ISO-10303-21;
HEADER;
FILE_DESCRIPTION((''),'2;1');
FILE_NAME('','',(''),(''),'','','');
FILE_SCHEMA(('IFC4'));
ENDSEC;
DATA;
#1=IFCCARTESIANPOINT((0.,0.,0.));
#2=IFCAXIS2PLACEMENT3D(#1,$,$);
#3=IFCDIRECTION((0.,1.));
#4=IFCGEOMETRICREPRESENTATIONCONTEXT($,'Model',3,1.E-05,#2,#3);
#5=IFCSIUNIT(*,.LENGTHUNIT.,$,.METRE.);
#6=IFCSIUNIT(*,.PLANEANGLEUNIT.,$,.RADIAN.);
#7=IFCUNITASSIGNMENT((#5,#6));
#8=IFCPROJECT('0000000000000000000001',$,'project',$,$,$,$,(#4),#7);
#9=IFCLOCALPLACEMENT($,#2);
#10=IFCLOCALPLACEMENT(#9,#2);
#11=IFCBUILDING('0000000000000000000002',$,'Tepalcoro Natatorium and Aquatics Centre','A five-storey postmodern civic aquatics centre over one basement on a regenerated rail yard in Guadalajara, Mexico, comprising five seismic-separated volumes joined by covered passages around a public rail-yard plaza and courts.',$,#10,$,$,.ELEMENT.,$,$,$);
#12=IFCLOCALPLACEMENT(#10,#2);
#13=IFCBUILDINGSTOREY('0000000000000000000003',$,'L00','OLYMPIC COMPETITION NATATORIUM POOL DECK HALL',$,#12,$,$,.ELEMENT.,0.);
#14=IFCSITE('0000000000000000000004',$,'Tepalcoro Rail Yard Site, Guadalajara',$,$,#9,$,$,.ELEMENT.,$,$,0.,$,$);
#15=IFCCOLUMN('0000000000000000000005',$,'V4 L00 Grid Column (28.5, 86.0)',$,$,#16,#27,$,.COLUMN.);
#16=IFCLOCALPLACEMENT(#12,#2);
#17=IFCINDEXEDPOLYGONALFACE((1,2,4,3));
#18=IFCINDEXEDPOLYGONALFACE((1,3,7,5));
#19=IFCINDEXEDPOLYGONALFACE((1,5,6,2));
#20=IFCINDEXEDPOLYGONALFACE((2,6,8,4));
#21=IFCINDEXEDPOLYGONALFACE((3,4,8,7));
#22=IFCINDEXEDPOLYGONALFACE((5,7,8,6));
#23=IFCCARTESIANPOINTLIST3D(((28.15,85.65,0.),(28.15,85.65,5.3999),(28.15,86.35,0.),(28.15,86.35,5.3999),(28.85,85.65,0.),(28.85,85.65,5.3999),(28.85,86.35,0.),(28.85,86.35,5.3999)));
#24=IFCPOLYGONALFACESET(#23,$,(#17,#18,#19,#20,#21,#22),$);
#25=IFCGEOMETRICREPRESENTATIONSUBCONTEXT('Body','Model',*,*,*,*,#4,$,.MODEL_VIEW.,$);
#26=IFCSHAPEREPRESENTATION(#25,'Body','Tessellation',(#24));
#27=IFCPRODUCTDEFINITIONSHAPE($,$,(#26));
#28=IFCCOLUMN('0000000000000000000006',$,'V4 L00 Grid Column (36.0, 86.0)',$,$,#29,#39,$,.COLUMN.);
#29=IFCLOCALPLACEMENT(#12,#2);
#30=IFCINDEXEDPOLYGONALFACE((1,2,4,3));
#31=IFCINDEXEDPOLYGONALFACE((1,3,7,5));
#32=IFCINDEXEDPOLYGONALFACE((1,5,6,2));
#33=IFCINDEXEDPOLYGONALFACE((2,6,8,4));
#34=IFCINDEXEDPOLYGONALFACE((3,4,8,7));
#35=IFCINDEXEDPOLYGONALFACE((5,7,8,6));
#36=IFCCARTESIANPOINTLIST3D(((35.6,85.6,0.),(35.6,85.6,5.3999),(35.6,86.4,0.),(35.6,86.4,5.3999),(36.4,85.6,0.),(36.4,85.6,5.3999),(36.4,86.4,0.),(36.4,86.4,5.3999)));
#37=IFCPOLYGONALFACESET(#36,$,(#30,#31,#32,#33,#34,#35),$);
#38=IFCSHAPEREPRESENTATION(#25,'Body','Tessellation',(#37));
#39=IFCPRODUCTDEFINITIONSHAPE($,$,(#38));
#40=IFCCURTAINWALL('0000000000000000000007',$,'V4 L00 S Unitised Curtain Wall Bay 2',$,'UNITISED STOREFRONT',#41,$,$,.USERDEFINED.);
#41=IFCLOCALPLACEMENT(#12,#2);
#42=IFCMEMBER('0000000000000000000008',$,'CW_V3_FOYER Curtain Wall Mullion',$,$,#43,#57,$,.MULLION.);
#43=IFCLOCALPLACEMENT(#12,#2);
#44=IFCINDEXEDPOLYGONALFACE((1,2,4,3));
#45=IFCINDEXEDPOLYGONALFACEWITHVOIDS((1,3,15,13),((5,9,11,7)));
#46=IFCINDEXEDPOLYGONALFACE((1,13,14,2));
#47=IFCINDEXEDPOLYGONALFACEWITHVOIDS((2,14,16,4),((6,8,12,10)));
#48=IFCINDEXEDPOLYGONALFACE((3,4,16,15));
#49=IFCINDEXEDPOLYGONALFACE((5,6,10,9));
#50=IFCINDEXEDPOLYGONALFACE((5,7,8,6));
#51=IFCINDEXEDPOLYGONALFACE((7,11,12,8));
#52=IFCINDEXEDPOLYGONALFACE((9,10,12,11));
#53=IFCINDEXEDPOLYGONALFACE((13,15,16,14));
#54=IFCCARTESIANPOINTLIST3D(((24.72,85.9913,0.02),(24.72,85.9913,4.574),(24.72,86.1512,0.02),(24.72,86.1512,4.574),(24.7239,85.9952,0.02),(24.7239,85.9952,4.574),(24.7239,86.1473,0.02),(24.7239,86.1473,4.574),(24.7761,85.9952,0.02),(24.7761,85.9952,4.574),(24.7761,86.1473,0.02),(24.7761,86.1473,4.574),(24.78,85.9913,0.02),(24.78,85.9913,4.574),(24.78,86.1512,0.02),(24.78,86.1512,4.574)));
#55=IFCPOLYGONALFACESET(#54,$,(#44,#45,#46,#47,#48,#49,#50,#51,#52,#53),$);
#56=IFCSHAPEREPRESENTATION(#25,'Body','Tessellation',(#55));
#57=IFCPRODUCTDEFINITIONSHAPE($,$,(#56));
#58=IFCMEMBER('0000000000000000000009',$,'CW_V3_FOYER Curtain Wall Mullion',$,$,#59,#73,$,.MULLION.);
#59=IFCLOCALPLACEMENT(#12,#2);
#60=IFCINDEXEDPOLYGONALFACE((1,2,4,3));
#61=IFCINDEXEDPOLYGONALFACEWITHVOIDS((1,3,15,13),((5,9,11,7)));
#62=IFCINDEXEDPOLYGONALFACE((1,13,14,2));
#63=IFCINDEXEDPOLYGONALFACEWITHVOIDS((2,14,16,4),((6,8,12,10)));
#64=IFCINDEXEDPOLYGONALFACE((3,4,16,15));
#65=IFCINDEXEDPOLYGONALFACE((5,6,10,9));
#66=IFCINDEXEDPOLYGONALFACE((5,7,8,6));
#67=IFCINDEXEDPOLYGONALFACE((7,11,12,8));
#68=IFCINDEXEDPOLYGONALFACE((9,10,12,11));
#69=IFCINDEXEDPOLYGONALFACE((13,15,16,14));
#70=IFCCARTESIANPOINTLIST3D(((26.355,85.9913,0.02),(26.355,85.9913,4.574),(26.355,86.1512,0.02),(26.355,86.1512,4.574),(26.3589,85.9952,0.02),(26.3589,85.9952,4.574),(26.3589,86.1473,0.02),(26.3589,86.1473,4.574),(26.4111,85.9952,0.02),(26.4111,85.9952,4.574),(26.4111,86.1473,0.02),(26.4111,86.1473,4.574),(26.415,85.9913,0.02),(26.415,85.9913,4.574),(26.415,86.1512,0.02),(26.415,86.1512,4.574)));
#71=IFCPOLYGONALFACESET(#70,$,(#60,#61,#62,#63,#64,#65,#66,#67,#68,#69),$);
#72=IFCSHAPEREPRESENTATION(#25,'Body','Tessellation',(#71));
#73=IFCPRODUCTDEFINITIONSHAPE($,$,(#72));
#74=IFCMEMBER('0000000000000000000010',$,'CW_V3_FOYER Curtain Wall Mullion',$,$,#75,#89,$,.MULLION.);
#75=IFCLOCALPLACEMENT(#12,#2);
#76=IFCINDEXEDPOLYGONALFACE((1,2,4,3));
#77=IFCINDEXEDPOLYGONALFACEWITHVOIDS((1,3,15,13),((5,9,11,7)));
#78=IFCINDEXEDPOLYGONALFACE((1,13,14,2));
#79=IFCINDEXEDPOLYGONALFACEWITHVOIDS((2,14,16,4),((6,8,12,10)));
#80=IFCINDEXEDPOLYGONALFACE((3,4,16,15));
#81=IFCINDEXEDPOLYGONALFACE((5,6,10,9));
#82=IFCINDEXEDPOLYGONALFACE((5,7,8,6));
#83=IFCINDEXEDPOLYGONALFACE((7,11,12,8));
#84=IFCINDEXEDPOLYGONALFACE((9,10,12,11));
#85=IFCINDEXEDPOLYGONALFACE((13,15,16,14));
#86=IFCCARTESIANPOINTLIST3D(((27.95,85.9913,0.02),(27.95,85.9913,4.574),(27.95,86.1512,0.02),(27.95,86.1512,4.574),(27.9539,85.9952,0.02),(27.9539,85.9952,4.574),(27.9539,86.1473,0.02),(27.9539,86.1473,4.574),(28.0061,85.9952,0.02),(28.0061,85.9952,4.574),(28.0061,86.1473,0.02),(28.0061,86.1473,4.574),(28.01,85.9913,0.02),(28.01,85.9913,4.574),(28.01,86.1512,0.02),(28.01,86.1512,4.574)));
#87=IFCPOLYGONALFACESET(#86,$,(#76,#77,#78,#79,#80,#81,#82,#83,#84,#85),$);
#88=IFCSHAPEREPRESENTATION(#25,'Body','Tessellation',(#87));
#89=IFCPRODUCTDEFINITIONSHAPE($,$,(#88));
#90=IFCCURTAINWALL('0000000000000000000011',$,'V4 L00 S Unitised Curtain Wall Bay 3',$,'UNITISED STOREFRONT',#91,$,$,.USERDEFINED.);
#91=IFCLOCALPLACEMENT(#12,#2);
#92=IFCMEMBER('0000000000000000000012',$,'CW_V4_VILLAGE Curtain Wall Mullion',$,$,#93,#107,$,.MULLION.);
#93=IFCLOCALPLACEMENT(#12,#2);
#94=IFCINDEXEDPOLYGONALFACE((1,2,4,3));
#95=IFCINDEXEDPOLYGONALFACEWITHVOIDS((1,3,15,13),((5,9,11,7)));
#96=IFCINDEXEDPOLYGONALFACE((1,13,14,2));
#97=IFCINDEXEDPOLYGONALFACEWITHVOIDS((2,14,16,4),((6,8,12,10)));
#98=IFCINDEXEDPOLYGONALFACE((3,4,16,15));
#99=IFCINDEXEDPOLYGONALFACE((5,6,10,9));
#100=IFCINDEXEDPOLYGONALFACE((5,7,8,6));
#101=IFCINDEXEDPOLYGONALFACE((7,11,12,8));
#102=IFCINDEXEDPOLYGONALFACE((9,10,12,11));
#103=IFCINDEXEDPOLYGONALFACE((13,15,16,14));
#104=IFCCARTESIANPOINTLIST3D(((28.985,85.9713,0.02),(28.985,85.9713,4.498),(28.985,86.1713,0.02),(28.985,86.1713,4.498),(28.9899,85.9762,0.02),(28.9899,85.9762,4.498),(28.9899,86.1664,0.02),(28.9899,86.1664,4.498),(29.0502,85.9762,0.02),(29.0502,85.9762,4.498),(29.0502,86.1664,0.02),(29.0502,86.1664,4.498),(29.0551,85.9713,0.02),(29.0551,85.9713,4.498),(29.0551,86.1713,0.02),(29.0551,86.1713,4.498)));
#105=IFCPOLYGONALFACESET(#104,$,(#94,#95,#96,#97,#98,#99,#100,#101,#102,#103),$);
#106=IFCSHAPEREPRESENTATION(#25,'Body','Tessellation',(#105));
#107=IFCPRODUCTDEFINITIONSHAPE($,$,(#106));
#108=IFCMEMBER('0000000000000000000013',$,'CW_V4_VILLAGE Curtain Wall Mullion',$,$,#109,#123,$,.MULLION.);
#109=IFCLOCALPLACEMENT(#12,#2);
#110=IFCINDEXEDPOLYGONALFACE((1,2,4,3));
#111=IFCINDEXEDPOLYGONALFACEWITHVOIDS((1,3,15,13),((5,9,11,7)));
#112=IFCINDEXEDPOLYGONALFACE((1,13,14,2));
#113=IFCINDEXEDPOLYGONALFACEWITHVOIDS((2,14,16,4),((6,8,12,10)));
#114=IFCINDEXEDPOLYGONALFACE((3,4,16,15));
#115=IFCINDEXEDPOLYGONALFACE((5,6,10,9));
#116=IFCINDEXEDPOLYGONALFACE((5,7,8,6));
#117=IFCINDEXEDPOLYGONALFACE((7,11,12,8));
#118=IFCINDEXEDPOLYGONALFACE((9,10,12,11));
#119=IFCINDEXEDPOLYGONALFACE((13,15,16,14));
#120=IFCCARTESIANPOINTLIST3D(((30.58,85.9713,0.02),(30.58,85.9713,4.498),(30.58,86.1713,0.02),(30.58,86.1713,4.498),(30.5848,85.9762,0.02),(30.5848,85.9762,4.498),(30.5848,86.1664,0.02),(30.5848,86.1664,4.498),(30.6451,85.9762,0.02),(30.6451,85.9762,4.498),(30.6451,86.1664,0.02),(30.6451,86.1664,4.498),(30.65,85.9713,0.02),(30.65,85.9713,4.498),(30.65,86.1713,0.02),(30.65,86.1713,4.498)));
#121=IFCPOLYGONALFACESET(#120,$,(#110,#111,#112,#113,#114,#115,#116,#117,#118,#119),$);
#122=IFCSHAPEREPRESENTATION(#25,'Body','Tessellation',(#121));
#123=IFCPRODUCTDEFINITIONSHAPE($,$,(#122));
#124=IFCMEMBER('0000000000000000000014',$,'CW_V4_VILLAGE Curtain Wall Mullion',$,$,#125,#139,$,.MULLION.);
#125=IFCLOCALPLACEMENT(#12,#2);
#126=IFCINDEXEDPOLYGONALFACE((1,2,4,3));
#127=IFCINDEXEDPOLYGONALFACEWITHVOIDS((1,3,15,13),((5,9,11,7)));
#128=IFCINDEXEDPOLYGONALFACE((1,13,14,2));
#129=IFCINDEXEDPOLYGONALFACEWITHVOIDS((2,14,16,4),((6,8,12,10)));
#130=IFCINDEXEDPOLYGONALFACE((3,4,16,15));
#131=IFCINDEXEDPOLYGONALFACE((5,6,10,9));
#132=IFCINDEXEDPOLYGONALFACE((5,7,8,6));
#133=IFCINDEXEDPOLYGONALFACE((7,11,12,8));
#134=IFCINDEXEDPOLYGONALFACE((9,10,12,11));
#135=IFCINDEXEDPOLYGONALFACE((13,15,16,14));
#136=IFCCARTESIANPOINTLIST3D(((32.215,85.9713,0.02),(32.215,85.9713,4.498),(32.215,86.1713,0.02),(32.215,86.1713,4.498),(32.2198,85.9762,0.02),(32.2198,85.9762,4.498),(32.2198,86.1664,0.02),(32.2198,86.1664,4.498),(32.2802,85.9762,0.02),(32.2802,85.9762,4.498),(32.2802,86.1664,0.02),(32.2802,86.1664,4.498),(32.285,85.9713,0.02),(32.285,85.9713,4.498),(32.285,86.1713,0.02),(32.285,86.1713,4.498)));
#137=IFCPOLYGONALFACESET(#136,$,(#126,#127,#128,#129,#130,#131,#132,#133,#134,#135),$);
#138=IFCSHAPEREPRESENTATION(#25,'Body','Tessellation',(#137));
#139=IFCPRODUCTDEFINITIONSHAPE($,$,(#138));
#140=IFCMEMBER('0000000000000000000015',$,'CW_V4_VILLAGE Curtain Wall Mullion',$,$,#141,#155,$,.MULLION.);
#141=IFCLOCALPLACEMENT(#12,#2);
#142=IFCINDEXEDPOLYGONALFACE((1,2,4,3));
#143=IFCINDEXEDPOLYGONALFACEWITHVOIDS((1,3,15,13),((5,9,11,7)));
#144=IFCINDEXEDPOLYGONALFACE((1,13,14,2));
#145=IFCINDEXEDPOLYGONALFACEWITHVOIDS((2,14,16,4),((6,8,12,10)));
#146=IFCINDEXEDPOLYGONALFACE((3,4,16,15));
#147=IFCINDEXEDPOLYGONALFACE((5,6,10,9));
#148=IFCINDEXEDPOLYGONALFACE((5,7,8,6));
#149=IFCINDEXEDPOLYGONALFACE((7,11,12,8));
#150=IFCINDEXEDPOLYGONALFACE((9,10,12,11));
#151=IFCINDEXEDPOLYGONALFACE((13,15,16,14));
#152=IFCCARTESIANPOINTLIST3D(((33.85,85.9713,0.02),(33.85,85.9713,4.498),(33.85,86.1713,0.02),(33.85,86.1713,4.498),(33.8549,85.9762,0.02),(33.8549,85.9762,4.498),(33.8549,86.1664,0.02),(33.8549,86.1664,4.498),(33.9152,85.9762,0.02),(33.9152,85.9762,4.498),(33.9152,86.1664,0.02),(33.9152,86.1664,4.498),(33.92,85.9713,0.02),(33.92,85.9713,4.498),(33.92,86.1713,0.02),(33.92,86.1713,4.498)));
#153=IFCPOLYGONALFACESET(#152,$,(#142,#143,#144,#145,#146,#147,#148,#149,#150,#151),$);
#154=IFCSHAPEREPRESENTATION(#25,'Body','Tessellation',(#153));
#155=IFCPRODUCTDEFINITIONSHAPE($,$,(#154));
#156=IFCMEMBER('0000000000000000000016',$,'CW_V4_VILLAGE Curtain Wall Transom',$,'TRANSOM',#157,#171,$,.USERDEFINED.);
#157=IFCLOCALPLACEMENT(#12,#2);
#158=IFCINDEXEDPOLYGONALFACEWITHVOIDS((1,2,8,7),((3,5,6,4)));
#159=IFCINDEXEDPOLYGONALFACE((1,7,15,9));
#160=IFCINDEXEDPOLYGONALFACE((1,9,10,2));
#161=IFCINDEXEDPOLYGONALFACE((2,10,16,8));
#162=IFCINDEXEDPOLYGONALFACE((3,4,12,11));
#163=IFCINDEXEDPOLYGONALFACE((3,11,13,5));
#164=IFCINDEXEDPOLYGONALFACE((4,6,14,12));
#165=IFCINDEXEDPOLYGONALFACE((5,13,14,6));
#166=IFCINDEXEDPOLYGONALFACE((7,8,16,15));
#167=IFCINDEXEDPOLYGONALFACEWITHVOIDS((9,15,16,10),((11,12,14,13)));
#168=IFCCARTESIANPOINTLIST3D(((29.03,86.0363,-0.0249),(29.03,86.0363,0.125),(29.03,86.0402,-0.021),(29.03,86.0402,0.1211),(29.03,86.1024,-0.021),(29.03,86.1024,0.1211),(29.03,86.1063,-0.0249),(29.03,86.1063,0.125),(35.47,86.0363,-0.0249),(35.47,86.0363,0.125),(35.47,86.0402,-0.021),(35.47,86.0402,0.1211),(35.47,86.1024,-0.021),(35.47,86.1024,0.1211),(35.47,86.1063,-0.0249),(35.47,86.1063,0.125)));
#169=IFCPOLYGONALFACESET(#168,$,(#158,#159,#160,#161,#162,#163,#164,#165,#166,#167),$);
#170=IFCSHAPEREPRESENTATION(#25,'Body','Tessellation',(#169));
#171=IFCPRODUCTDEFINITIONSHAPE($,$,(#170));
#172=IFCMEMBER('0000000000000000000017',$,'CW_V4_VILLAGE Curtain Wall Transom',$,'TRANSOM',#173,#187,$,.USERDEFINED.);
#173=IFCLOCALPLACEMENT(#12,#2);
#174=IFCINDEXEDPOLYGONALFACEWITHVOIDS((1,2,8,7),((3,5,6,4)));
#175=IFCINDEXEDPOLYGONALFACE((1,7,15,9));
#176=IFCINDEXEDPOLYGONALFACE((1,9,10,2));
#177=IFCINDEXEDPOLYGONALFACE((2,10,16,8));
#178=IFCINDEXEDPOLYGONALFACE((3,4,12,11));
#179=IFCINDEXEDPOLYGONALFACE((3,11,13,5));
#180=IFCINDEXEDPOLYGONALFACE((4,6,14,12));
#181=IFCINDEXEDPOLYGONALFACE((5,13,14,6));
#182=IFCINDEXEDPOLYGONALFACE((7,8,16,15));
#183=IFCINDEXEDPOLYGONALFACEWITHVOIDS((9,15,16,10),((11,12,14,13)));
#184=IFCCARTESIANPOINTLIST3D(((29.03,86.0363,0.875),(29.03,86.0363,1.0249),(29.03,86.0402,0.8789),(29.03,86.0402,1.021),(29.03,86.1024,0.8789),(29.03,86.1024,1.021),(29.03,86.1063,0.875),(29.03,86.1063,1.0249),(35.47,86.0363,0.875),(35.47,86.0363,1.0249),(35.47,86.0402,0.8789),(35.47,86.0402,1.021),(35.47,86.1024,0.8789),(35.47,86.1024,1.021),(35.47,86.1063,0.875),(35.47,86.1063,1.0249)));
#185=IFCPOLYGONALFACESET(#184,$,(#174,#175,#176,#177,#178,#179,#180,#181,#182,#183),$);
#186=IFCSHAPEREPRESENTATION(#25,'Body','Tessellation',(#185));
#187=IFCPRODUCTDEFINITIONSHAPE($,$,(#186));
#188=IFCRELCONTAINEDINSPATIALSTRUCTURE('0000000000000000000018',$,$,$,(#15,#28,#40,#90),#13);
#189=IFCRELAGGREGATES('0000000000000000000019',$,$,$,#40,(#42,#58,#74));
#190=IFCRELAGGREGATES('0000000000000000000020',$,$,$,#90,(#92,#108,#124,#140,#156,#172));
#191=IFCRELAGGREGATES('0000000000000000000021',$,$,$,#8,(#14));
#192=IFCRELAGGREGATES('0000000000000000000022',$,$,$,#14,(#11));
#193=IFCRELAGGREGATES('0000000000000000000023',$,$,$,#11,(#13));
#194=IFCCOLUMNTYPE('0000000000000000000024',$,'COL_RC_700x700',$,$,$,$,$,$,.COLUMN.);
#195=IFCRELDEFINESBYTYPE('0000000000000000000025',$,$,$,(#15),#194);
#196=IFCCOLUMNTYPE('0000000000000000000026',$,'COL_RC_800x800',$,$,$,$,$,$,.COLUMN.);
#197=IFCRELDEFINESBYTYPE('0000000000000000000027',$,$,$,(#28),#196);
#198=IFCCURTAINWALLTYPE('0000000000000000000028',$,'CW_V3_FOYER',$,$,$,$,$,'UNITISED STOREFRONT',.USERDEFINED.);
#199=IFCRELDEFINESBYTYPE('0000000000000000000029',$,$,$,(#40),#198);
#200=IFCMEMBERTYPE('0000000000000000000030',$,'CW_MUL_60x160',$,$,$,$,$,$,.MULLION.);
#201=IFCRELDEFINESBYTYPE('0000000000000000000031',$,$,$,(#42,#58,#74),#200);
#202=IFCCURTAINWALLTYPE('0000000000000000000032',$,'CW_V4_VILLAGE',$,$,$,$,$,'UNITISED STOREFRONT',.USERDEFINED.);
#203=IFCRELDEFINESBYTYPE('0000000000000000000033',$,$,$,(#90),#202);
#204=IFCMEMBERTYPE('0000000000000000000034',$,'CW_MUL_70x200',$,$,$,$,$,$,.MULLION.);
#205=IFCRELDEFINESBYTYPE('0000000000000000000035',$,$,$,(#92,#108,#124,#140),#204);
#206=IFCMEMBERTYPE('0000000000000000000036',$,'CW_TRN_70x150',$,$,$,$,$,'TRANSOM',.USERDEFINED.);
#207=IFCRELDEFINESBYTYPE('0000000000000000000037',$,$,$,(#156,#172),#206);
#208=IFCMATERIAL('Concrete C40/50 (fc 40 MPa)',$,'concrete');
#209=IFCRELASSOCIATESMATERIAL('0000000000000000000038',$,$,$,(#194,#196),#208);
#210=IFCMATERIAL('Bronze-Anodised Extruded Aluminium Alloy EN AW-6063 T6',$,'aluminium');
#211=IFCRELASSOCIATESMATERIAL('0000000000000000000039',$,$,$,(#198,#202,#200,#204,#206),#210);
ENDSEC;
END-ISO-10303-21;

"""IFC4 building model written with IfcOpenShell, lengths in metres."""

from ifc_helpers import new_model, si_unit, direction, frame, origin, origin_2d, place, context, subcontext, project, spatial, rectangle, hollow_rectangle, extrude, material, material_profile, profile_set, type_object, element, aggregate, save


model = new_model("IFC4")

# Units and contexts
model_context = context("Model", 3, precision=1e-05, world=origin(), true_north=direction((0.0, 1.0)))
body_context = subcontext(model_context, "Body", "Model", "MODEL_VIEW")
ifc_project = project(units=[si_unit("LENGTHUNIT", "METRE"), si_unit("PLANEANGLEUNIT", "RADIAN")], contexts=[model_context])

# Site, building, storey
site_placement = place(None, origin())
site = spatial("IfcSite", under=ifc_project, at=site_placement, Name="Tepalcoro Rail Yard Site, Guadalajara", CompositionType="ELEMENT", RefElevation=0.0)
building_placement = place(site_placement, origin())
building = spatial("IfcBuilding", under=site, at=building_placement, Name="Tepalcoro Natatorium and Aquatics Centre", Description="A five-storey postmodern civic aquatics centre over one basement on a regenerated rail yard in Guadalajara, Mexico, comprising five seismic-separated volumes joined by covered passages around a public rail-yard plaza and courts.", CompositionType="ELEMENT")
storey_placement = place(building_placement, origin())
storey = spatial("IfcBuildingStorey", under=building, at=storey_placement, Name="L00", Description="OLYMPIC COMPETITION NATATORIUM POOL DECK HALL", CompositionType="ELEMENT", Elevation=0.0)

# Columns
ifc_material_1 = material(Name="Concrete C40/50 (fc 40 MPa)", Category="concrete")
ifc_material_profile_1 = material_profile(ifc_material_1, rectangle(XDim=0.7, YDim=0.7, at=origin_2d()), Name="RC700x700")
ifc_profile_set_1 = profile_set([ifc_material_profile_1], Name="Concrete C40/50 (fc 40 MPa)")
column_type_1 = type_object("IfcColumnType", Name="COL_RC_700x700", PredefinedType="COLUMN", material=ifc_profile_set_1)
column_1_placement = place(storey_placement, frame((28.5, 86.0, 0.0), z_axis=(0.0, 0.0, 1.0), x_axis=(1.0, 0.0, 0.0)))
element("IfcColumn", 1, at=column_1_placement, inside=storey, type_object=column_type_1, Name="V4 L00 Grid Column (28.5, 86.0)", PredefinedType="COLUMN", context=body_context, shape_type="SweptSolid", body=[
    extrude(rectangle(XDim=0.7, YDim=0.7, at=origin_2d()), origin(), (0.0, 0.0, 1.0), 5.3999),
])
ifc_material_profile_2 = material_profile(ifc_material_1, rectangle(XDim=0.8, YDim=0.8, at=origin_2d()), Name="RC800x800")
ifc_profile_set_2 = profile_set([ifc_material_profile_2], Name="Concrete C40/50 (fc 40 MPa)")
column_type_2 = type_object("IfcColumnType", Name="COL_RC_800x800", PredefinedType="COLUMN", material=ifc_profile_set_2)
column_2_placement = place(storey_placement, frame((36.0, 86.0, 0.0), z_axis=(0.0, 0.0, 1.0), x_axis=(1.0, 0.0, 0.0)))
element("IfcColumn", 2, at=column_2_placement, inside=storey, type_object=column_type_2, Name="V4 L00 Grid Column (36.0, 86.0)", PredefinedType="COLUMN", context=body_context, shape_type="SweptSolid", body=[
    extrude(rectangle(XDim=0.8, YDim=0.8, at=origin_2d()), origin(), (0.0, 0.0, 1.0), 5.3999),
])

# Curtain walls, members
ifc_material_2 = material(Name="Bronze-Anodised Extruded Aluminium Alloy EN AW-6063 T6", Category="aluminium")
curtain_wall_type_1 = type_object("IfcCurtainWallType", Name="CW_V3_FOYER", ElementType="UNITISED STOREFRONT", PredefinedType="USERDEFINED", material=ifc_material_2)
curtain_wall_1_placement = place(storey_placement, origin())
curtain_wall_1 = element("IfcCurtainWall", 3, at=curtain_wall_1_placement, inside=storey, type_object=curtain_wall_type_1, Name="V4 L00 S Unitised Curtain Wall Bay 2", ObjectType="UNITISED STOREFRONT", PredefinedType="USERDEFINED")
ifc_material_profile_3 = material_profile(ifc_material_2, hollow_rectangle(XDim=0.0601, YDim=0.1599, WallThickness=0.0039, at=origin_2d()), Name="AL60X160X4")
ifc_profile_set_3 = profile_set([ifc_material_profile_3], Name="Bronze-Anodised Extruded Aluminium Alloy EN AW-6063 T6")
member_type_1 = type_object("IfcMemberType", Name="CW_MUL_60x160", PredefinedType="MULLION", material=ifc_profile_set_3)
member_1_placement = place(storey_placement, frame((24.75, 86.0713, 0.02), z_axis=(0.0, 0.0, 1.0), x_axis=(1.0, 0.0, 0.0)))
member_1 = element("IfcMember", 4, at=member_1_placement, type_object=member_type_1, Name="CW_V3_FOYER Curtain Wall Mullion", PredefinedType="MULLION", context=body_context, shape_type="SweptSolid", body=[
    extrude(hollow_rectangle(XDim=0.0601, YDim=0.1599, WallThickness=0.0039, at=origin_2d()), origin(), (0.0, 0.0, 1.0), 4.554),
])
member_2_placement = place(storey_placement, frame((26.385, 86.0713, 0.02), z_axis=(0.0, 0.0, 1.0), x_axis=(1.0, 0.0, 0.0)))
member_2 = element("IfcMember", 5, at=member_2_placement, type_object=member_type_1, Name="CW_V3_FOYER Curtain Wall Mullion", PredefinedType="MULLION", context=body_context, shape_type="SweptSolid", body=[
    extrude(hollow_rectangle(XDim=0.0601, YDim=0.1599, WallThickness=0.0039, at=origin_2d()), origin(), (0.0, 0.0, 1.0), 4.554),
])
member_3_placement = place(storey_placement, frame((27.98, 86.0713, 0.02), z_axis=(0.0, 0.0, 1.0), x_axis=(1.0, 0.0, 0.0)))
member_3 = element("IfcMember", 6, at=member_3_placement, type_object=member_type_1, Name="CW_V3_FOYER Curtain Wall Mullion", PredefinedType="MULLION", context=body_context, shape_type="SweptSolid", body=[
    extrude(hollow_rectangle(XDim=0.0601, YDim=0.1599, WallThickness=0.0039, at=origin_2d()), origin(), (0.0, 0.0, 1.0), 4.554),
])
curtain_wall_type_2 = type_object("IfcCurtainWallType", Name="CW_V4_VILLAGE", ElementType="UNITISED STOREFRONT", PredefinedType="USERDEFINED", material=ifc_material_2)
curtain_wall_2_placement = place(storey_placement, origin())
curtain_wall_2 = element("IfcCurtainWall", 7, at=curtain_wall_2_placement, inside=storey, type_object=curtain_wall_type_2, Name="V4 L00 S Unitised Curtain Wall Bay 3", ObjectType="UNITISED STOREFRONT", PredefinedType="USERDEFINED")
ifc_material_profile_4 = material_profile(ifc_material_2, hollow_rectangle(XDim=0.0701, YDim=0.2, WallThickness=0.0049, at=origin_2d()), Name="AL70X200X5")
ifc_profile_set_4 = profile_set([ifc_material_profile_4], Name="Bronze-Anodised Extruded Aluminium Alloy EN AW-6063 T6")
member_type_2 = type_object("IfcMemberType", Name="CW_MUL_70x200", PredefinedType="MULLION", material=ifc_profile_set_4)
member_4_placement = place(storey_placement, frame((29.02, 86.0713, 0.02), z_axis=(0.0, 0.0, 1.0), x_axis=(1.0, 0.0, 0.0)))
member_4 = element("IfcMember", 8, at=member_4_placement, type_object=member_type_2, Name="CW_V4_VILLAGE Curtain Wall Mullion", PredefinedType="MULLION", context=body_context, shape_type="SweptSolid", body=[
    extrude(hollow_rectangle(XDim=0.0701, YDim=0.2, WallThickness=0.0049, at=origin_2d()), origin(), (0.0, 0.0, 1.0), 4.478),
])
member_5_placement = place(storey_placement, frame((30.615, 86.0713, 0.02), z_axis=(0.0, 0.0, 1.0), x_axis=(1.0, 0.0, 0.0)))
member_5 = element("IfcMember", 9, at=member_5_placement, type_object=member_type_2, Name="CW_V4_VILLAGE Curtain Wall Mullion", PredefinedType="MULLION", context=body_context, shape_type="SweptSolid", body=[
    extrude(hollow_rectangle(XDim=0.0701, YDim=0.2, WallThickness=0.0049, at=origin_2d()), origin(), (0.0, 0.0, 1.0), 4.478),
])
member_6_placement = place(storey_placement, frame((32.25, 86.0713, 0.02), z_axis=(0.0, 0.0, 1.0), x_axis=(1.0, 0.0, 0.0)))
member_6 = element("IfcMember", 10, at=member_6_placement, type_object=member_type_2, Name="CW_V4_VILLAGE Curtain Wall Mullion", PredefinedType="MULLION", context=body_context, shape_type="SweptSolid", body=[
    extrude(hollow_rectangle(XDim=0.0701, YDim=0.2, WallThickness=0.0049, at=origin_2d()), origin(), (0.0, 0.0, 1.0), 4.478),
])
member_7_placement = place(storey_placement, frame((33.885, 86.0713, 0.02), z_axis=(0.0, 0.0, 1.0), x_axis=(1.0, 0.0, 0.0)))
member_7 = element("IfcMember", 11, at=member_7_placement, type_object=member_type_2, Name="CW_V4_VILLAGE Curtain Wall Mullion", PredefinedType="MULLION", context=body_context, shape_type="SweptSolid", body=[
    extrude(hollow_rectangle(XDim=0.0701, YDim=0.2, WallThickness=0.0049, at=origin_2d()), origin(), (0.0, 0.0, 1.0), 4.478),
])
ifc_material_profile_5 = material_profile(ifc_material_2, hollow_rectangle(XDim=0.0701, YDim=0.1499, WallThickness=0.0039, at=origin_2d()), Name="AL70X150X4")
ifc_profile_set_5 = profile_set([ifc_material_profile_5], Name="Bronze-Anodised Extruded Aluminium Alloy EN AW-6063 T6")
member_type_3 = type_object("IfcMemberType", Name="CW_TRN_70x150", ElementType="TRANSOM", PredefinedType="USERDEFINED", material=ifc_profile_set_5)
member_8_placement = place(storey_placement, frame((29.03, 86.0713, 0.05), z_axis=(1.0, 0.0, 0.0), x_axis=(0.0, 1.0, 0.0)))
member_8 = element("IfcMember", 12, at=member_8_placement, type_object=member_type_3, Name="CW_V4_VILLAGE Curtain Wall Transom", ObjectType="TRANSOM", PredefinedType="USERDEFINED", context=body_context, shape_type="SweptSolid", body=[
    extrude(hollow_rectangle(XDim=0.0701, YDim=0.1499, WallThickness=0.0039, at=origin_2d()), origin(), (0.0, 0.0, 1.0), 6.4399),
])
member_9_placement = place(storey_placement, frame((29.03, 86.0713, 0.95), z_axis=(1.0, 0.0, 0.0), x_axis=(0.0, 1.0, 0.0)))
member_9 = element("IfcMember", 13, at=member_9_placement, type_object=member_type_3, Name="CW_V4_VILLAGE Curtain Wall Transom", ObjectType="TRANSOM", PredefinedType="USERDEFINED", context=body_context, shape_type="SweptSolid", body=[
    extrude(hollow_rectangle(XDim=0.0701, YDim=0.1499, WallThickness=0.0039, at=origin_2d()), origin(), (0.0, 0.0, 1.0), 6.4399),
])

aggregate(curtain_wall_1, [member_1, member_2, member_3])
aggregate(curtain_wall_2, [member_4, member_5, member_6, member_7, member_8, member_9])

save(model, "model.ifc")
